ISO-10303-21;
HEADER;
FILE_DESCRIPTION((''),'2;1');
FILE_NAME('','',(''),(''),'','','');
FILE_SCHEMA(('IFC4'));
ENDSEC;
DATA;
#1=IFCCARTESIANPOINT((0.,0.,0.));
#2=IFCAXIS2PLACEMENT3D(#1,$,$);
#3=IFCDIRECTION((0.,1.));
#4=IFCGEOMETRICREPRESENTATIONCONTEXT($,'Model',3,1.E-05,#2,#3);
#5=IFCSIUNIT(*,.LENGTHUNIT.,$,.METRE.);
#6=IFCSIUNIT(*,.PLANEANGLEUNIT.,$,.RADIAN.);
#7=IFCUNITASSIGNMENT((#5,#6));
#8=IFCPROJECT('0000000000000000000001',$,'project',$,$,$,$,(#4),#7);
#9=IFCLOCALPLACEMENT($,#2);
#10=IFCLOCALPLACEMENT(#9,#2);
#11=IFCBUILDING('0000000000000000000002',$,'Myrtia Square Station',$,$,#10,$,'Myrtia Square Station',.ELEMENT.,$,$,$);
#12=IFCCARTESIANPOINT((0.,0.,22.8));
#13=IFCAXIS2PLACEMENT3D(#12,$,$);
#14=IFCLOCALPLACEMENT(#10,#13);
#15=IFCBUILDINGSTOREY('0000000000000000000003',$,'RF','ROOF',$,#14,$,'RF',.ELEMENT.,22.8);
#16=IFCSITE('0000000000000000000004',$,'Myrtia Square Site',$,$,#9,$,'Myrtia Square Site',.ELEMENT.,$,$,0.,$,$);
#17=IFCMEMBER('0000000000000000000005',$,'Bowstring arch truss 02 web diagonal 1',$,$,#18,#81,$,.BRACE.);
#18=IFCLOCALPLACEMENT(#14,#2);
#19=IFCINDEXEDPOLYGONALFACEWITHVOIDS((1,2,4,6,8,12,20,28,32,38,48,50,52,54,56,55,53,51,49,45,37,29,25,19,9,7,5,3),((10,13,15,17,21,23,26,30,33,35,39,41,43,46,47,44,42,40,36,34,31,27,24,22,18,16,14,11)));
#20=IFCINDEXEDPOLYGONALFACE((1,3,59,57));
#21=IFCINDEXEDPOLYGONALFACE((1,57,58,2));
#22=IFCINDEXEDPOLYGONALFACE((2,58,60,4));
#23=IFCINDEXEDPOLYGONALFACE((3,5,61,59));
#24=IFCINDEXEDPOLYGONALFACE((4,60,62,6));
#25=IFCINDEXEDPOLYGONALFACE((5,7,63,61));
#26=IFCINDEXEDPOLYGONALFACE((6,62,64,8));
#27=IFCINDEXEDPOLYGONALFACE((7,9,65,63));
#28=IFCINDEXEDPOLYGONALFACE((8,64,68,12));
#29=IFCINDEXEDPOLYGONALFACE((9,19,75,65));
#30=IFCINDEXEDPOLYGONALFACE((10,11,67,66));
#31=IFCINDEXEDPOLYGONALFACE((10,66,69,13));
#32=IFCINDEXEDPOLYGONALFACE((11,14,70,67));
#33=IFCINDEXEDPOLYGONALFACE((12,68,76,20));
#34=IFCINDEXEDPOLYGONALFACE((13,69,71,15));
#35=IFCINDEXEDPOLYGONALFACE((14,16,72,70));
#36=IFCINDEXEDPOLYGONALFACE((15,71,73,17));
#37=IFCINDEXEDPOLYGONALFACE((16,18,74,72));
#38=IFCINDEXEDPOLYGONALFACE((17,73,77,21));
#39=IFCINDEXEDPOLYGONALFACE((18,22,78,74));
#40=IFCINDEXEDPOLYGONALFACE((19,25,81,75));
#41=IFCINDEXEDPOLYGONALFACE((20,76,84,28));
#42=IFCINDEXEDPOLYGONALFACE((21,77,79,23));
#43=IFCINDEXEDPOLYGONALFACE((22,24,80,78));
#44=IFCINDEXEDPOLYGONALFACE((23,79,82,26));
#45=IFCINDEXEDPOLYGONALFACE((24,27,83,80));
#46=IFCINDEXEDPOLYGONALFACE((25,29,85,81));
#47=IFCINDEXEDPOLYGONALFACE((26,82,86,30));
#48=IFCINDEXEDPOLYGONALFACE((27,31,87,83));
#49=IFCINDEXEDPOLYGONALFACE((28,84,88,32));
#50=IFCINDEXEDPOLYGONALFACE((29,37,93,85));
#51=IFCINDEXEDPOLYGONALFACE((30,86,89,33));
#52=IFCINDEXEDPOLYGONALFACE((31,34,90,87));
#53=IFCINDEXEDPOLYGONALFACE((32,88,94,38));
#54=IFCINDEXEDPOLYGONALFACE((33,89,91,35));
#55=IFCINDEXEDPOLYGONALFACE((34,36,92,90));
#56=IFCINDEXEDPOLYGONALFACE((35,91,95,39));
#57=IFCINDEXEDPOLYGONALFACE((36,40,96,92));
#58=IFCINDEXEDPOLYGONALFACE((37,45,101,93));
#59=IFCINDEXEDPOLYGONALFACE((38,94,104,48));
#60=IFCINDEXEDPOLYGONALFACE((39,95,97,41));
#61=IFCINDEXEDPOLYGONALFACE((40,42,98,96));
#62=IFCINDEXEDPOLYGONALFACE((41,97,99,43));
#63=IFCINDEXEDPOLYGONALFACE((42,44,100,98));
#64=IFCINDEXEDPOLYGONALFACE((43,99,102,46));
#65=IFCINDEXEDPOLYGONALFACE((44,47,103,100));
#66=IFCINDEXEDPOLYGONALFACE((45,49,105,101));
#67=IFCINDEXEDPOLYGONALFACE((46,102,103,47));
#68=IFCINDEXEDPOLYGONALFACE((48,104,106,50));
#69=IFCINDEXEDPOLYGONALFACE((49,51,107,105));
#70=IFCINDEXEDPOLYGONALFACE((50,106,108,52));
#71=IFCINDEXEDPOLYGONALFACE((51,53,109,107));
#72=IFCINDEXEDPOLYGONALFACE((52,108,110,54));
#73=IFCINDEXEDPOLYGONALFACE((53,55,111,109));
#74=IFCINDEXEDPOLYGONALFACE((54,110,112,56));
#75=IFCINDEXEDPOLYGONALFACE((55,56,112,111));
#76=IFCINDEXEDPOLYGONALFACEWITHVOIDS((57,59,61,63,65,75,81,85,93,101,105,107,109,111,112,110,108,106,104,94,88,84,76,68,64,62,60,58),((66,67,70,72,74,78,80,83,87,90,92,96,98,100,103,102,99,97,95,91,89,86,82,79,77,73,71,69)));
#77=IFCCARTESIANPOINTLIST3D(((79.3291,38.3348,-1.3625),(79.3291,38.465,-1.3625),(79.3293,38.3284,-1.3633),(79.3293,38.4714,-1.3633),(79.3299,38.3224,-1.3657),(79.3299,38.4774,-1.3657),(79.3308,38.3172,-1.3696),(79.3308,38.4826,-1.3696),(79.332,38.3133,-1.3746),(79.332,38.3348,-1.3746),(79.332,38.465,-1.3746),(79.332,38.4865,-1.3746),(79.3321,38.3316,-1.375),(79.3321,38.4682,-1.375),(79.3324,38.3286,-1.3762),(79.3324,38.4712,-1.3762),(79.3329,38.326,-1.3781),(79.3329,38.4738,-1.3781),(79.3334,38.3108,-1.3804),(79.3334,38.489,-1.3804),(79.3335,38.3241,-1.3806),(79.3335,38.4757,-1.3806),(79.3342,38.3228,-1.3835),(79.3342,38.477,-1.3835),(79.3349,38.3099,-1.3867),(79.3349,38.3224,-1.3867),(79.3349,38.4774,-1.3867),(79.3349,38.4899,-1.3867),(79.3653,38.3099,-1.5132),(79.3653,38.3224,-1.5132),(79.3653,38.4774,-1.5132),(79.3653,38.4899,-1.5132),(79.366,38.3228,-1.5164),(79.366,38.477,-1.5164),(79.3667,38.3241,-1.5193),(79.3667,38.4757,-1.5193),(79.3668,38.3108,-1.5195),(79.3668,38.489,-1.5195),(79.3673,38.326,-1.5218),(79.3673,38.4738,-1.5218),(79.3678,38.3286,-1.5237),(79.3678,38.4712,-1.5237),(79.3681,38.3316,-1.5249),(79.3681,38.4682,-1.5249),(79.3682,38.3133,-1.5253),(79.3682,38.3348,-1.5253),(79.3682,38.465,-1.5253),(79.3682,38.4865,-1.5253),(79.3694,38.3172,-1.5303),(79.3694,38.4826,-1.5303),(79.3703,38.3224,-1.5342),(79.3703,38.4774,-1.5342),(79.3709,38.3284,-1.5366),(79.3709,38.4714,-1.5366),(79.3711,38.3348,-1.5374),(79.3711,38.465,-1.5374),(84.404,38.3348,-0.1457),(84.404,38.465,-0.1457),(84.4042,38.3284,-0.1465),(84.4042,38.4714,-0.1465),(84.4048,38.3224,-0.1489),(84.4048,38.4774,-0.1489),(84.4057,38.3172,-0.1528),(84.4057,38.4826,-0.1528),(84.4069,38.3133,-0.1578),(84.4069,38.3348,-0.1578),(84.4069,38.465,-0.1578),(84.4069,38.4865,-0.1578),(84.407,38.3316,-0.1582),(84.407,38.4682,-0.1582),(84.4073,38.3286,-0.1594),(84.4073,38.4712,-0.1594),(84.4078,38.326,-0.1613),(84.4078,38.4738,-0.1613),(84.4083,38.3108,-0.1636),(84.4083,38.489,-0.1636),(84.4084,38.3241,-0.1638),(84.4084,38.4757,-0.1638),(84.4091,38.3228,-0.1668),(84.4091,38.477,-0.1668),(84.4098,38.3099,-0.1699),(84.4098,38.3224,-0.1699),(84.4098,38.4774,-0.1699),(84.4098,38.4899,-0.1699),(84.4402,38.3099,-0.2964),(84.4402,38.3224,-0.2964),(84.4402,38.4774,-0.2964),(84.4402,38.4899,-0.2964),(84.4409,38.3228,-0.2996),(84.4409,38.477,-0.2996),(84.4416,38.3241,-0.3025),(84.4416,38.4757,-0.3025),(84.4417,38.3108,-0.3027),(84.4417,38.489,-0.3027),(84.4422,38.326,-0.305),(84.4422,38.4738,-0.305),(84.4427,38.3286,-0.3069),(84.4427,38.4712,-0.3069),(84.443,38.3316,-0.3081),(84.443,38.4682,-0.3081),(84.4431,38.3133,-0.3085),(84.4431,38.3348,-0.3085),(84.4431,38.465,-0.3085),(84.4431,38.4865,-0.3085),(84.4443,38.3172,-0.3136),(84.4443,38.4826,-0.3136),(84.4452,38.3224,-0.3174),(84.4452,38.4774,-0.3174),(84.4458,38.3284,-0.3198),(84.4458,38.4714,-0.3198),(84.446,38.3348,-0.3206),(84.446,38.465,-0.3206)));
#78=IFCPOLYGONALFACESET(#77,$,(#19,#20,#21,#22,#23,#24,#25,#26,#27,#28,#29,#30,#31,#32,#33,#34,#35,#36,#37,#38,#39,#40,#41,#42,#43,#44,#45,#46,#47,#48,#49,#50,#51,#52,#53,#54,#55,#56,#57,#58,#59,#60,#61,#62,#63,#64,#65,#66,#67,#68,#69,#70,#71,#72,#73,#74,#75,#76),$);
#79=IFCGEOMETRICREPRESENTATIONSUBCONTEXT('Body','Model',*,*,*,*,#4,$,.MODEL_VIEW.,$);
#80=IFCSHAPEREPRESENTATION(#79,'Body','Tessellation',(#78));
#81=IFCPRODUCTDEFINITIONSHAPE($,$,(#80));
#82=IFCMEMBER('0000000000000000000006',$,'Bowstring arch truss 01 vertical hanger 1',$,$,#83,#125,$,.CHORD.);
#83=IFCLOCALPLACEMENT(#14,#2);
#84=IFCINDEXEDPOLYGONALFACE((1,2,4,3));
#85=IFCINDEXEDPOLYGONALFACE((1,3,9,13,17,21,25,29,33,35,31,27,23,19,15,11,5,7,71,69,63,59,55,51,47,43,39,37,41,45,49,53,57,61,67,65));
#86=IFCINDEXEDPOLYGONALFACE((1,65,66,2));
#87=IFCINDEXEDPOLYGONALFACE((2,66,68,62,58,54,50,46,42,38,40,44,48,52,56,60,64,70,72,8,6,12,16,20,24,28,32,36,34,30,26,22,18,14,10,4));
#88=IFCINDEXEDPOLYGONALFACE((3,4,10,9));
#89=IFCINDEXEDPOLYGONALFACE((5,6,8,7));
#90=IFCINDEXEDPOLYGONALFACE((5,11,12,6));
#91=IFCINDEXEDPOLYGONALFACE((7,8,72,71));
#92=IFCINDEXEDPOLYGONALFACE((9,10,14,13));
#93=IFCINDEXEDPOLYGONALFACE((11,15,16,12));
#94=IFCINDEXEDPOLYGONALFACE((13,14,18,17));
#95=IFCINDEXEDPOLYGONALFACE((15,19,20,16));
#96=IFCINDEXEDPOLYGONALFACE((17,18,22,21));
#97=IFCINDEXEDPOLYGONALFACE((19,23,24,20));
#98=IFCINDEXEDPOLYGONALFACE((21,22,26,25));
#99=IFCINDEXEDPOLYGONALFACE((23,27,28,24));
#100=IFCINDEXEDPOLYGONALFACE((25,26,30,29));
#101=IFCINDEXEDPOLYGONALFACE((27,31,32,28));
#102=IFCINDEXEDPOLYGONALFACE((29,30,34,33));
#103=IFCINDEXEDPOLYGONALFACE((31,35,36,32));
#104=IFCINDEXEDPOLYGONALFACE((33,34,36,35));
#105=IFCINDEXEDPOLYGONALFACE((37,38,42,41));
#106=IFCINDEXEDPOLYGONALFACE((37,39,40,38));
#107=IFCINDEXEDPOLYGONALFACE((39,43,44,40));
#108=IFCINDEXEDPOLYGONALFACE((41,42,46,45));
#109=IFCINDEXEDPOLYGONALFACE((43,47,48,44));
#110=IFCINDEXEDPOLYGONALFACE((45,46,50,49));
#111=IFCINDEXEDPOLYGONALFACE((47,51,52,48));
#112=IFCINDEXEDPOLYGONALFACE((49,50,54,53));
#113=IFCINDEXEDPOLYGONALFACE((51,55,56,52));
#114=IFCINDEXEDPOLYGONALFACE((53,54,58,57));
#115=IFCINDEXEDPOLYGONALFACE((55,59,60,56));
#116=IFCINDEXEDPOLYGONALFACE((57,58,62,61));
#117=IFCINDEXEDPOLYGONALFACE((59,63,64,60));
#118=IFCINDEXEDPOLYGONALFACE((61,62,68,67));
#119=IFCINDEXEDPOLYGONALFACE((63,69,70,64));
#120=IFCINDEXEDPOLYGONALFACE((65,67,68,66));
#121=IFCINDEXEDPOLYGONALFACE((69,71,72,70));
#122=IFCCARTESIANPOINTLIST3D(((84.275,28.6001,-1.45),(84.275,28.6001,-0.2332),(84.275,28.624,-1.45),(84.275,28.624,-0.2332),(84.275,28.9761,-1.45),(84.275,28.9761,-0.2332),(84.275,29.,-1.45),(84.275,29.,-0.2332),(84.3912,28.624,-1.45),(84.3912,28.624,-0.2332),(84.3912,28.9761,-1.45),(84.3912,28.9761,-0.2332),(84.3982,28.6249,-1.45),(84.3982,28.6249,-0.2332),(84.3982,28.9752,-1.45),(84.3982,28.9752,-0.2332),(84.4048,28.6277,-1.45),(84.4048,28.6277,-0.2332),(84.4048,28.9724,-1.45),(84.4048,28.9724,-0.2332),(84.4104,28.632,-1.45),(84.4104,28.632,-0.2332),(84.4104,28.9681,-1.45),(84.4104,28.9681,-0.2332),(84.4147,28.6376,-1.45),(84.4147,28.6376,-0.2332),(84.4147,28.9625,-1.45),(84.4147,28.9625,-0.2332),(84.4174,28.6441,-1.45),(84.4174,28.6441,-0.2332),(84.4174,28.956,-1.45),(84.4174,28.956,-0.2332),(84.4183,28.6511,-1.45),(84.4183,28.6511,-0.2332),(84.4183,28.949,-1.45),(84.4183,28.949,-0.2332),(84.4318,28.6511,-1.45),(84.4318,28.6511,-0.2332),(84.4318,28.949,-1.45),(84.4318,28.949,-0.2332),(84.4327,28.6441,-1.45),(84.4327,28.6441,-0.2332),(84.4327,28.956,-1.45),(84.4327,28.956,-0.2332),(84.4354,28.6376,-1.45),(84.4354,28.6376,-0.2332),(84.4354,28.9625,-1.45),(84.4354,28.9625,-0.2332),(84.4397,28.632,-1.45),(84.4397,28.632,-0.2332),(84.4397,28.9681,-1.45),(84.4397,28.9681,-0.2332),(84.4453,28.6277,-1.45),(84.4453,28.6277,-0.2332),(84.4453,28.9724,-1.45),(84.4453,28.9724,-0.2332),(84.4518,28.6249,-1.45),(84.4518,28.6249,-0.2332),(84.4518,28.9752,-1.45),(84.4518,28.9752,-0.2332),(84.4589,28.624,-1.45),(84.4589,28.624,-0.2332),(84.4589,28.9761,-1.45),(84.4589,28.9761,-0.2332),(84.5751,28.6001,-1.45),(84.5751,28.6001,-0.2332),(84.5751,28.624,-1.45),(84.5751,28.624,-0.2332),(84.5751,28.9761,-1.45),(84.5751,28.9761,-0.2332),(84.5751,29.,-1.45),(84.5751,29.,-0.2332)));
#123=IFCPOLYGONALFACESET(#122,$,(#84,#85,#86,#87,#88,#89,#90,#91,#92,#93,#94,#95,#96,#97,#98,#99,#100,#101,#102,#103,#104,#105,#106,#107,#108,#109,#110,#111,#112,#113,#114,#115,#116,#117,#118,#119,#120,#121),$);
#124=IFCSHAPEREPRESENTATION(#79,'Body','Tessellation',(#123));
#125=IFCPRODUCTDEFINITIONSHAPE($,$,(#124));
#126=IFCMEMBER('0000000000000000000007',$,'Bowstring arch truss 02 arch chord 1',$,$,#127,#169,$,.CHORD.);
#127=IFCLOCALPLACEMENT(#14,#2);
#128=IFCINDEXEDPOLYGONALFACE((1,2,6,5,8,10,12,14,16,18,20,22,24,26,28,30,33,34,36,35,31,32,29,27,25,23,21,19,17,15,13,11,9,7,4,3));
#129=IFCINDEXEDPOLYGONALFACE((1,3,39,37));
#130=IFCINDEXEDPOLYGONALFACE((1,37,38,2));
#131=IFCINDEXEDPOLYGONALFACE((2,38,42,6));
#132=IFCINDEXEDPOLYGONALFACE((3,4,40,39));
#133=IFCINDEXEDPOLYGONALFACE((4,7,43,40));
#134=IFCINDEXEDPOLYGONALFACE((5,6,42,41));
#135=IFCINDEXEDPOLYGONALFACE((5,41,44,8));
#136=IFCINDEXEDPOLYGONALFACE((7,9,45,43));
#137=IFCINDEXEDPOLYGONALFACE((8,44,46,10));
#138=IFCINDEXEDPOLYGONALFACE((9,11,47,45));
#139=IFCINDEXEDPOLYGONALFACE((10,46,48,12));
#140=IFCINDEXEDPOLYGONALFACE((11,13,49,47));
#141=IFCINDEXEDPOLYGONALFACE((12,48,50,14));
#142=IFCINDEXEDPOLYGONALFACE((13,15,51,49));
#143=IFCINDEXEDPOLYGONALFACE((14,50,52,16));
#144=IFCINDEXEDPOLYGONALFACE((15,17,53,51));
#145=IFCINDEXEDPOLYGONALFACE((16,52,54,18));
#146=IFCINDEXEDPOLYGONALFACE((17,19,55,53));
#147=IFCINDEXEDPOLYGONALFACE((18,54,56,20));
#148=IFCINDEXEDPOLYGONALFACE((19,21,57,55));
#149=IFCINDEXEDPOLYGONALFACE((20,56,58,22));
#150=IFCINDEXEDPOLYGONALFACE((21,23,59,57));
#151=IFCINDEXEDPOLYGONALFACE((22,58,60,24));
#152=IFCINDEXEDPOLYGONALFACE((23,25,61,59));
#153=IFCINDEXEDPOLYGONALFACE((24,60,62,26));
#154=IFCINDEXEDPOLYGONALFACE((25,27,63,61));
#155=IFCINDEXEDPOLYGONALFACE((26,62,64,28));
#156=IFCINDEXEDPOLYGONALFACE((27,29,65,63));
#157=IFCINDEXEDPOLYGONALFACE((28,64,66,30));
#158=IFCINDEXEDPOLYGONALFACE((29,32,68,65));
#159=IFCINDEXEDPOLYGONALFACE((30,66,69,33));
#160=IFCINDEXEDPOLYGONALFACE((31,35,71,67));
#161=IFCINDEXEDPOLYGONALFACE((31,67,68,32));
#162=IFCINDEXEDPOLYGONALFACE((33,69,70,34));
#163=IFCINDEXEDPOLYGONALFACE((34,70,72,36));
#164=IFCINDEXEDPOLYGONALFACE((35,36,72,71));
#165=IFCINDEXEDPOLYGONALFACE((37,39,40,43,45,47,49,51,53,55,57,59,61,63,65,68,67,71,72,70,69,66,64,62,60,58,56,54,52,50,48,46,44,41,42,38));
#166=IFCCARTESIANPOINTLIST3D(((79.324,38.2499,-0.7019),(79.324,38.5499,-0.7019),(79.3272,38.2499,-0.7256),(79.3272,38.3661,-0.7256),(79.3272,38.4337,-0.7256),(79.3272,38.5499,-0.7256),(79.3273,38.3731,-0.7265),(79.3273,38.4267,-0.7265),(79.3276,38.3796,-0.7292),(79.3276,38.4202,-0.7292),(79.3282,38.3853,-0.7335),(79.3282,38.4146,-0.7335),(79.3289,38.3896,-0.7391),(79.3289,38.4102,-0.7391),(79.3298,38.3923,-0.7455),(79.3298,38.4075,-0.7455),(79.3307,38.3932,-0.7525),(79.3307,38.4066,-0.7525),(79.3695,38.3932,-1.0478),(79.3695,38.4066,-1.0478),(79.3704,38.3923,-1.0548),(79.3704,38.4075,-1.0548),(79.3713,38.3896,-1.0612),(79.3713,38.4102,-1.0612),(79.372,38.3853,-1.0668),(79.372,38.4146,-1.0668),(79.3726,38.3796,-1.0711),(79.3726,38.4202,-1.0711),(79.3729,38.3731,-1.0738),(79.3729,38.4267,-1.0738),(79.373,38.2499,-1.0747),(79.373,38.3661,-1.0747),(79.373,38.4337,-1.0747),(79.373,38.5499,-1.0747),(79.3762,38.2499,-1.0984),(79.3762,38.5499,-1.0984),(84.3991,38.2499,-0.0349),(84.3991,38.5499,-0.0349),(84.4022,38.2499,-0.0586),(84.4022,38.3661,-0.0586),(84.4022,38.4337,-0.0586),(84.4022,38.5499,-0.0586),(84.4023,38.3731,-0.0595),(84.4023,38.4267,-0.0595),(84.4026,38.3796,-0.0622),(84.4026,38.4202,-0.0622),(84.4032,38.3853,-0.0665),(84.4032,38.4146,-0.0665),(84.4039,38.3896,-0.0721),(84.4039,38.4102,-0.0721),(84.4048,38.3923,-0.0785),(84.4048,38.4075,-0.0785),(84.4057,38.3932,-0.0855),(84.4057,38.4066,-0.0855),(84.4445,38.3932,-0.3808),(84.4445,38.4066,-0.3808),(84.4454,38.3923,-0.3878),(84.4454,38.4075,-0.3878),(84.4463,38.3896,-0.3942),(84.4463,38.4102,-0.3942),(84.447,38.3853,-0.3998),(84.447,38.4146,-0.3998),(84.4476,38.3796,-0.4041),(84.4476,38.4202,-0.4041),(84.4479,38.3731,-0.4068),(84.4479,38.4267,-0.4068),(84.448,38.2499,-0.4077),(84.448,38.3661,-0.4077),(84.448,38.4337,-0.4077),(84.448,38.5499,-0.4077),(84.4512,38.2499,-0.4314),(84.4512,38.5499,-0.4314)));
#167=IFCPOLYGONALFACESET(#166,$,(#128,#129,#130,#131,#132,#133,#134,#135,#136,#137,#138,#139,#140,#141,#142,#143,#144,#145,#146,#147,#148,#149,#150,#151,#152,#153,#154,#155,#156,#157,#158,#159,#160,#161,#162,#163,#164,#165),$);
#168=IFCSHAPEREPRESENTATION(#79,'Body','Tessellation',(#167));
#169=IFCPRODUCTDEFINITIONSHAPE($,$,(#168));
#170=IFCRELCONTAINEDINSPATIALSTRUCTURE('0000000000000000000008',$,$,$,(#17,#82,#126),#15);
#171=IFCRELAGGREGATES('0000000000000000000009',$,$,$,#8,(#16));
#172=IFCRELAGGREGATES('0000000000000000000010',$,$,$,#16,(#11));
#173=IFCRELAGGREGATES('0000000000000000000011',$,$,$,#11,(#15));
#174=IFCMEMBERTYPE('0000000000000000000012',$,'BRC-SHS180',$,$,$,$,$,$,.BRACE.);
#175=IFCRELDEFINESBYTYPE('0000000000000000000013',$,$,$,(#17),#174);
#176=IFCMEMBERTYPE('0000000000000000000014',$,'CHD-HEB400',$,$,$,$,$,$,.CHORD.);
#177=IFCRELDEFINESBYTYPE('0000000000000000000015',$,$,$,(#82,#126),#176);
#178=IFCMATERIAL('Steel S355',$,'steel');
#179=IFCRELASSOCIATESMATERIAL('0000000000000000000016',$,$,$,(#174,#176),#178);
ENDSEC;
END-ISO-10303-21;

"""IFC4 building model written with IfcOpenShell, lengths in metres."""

from ifc_helpers import new_model, si_unit, direction, frame, origin, origin_2d, place, context, subcontext, project, spatial, hollow_rectangle, i_section, extrude, material, material_profile, profile_set, type_object, element, save


model = new_model("IFC4")

# Units and contexts
model_context = context("Model", 3, precision=1e-05, world=origin(), true_north=direction((0.0, 1.0)))
body_context = subcontext(model_context, "Body", "Model", "MODEL_VIEW")
ifc_project = project(units=[si_unit("LENGTHUNIT", "METRE"), si_unit("PLANEANGLEUNIT", "RADIAN")], contexts=[model_context])

# Site, building, storey
site_placement = place(None, origin())
site = spatial("IfcSite", under=ifc_project, at=site_placement, Name="Myrtia Square Site", LongName="Myrtia Square Site", CompositionType="ELEMENT", RefElevation=0.0)
building_placement = place(site_placement, origin())
building = spatial("IfcBuilding", under=site, at=building_placement, Name="Myrtia Square Station", LongName="Myrtia Square Station", CompositionType="ELEMENT")
storey_placement = place(building_placement, frame((0.0, 0.0, 22.8)))
storey = spatial("IfcBuildingStorey", under=building, at=storey_placement, Name="RF", Description="ROOF", LongName="RF", CompositionType="ELEMENT", Elevation=22.8)

# Members
ifc_material = material(Name="Steel S355", Category="steel")
ifc_material_profile_1 = material_profile(ifc_material, hollow_rectangle(XDim=0.1799, YDim=0.1799, WallThickness=0.0125, InnerFilletRadius=0.0125, OuterFilletRadius=0.0249, at=origin_2d()), Name="SHS 180x180x12.5")
ifc_profile_set_1 = profile_set([ifc_material_profile_1], Name="Steel S355")
member_type_1 = type_object("IfcMemberType", Name="BRC-SHS180", PredefinedType="BRACE", material=ifc_profile_set_1)
member_1_placement = place(storey_placement, frame((79.3501, 38.3999, -1.45), z_axis=(0.972439, 0.0, 0.233157), x_axis=(0.0, 1.0, 0.0)))
element("IfcMember", 1, at=member_1_placement, inside=storey, type_object=member_type_1, Name="Bowstring arch truss 02 web diagonal 1", PredefinedType="BRACE", context=body_context, shape_type="SweptSolid", body=[
    extrude(hollow_rectangle(XDim=0.1799, YDim=0.1799, WallThickness=0.0125, InnerFilletRadius=0.0125, OuterFilletRadius=0.0249, at=origin_2d()), origin(), (0.0, 0.0, 1.0), 5.2188),
])
ifc_material_profile_2 = material_profile(ifc_material, i_section(OverallWidth=0.3, OverallDepth=0.3999, WebThickness=0.0134, FlangeThickness=0.0239, FilletRadius=0.0271, at=origin_2d()), Name="HEB 400")
ifc_profile_set_2 = profile_set([ifc_material_profile_2], Name="Steel S355")
member_type_2 = type_object("IfcMemberType", Name="CHD-HEB400", PredefinedType="CHORD", material=ifc_profile_set_2)
member_2_placement = place(storey_placement, frame((84.425, 28.8, -1.45), z_axis=(0.0, 0.0, 1.0), x_axis=(1.0, 0.0, 0.0)))
element("IfcMember", 2, at=member_2_placement, inside=storey, type_object=member_type_2, Name="Bowstring arch truss 01 vertical hanger 1", PredefinedType="CHORD", context=body_context, shape_type="SweptSolid", body=[
    extrude(i_section(OverallWidth=0.3, OverallDepth=0.3999, WebThickness=0.0134, FlangeThickness=0.0239, FilletRadius=0.0271, at=origin_2d()), origin(), (0.0, 0.0, 1.0), 1.2168),
])
member_3_placement = place(storey_placement, frame((79.3501, 38.3999, -0.9001), z_axis=(0.991474, 0.0, 0.130308), x_axis=(0.0, 1.0, 0.0)))
element("IfcMember", 3, at=member_3_placement, inside=storey, type_object=member_type_2, Name="Bowstring arch truss 02 arch chord 1", PredefinedType="CHORD", context=body_context, shape_type="SweptSolid", body=[
    extrude(i_section(OverallWidth=0.3, OverallDepth=0.3999, WebThickness=0.0134, FlangeThickness=0.0239, FilletRadius=0.0271, at=origin_2d()), origin(), (0.0, 0.0, 1.0), 5.1187),
])

save(model, "model.ifc")
